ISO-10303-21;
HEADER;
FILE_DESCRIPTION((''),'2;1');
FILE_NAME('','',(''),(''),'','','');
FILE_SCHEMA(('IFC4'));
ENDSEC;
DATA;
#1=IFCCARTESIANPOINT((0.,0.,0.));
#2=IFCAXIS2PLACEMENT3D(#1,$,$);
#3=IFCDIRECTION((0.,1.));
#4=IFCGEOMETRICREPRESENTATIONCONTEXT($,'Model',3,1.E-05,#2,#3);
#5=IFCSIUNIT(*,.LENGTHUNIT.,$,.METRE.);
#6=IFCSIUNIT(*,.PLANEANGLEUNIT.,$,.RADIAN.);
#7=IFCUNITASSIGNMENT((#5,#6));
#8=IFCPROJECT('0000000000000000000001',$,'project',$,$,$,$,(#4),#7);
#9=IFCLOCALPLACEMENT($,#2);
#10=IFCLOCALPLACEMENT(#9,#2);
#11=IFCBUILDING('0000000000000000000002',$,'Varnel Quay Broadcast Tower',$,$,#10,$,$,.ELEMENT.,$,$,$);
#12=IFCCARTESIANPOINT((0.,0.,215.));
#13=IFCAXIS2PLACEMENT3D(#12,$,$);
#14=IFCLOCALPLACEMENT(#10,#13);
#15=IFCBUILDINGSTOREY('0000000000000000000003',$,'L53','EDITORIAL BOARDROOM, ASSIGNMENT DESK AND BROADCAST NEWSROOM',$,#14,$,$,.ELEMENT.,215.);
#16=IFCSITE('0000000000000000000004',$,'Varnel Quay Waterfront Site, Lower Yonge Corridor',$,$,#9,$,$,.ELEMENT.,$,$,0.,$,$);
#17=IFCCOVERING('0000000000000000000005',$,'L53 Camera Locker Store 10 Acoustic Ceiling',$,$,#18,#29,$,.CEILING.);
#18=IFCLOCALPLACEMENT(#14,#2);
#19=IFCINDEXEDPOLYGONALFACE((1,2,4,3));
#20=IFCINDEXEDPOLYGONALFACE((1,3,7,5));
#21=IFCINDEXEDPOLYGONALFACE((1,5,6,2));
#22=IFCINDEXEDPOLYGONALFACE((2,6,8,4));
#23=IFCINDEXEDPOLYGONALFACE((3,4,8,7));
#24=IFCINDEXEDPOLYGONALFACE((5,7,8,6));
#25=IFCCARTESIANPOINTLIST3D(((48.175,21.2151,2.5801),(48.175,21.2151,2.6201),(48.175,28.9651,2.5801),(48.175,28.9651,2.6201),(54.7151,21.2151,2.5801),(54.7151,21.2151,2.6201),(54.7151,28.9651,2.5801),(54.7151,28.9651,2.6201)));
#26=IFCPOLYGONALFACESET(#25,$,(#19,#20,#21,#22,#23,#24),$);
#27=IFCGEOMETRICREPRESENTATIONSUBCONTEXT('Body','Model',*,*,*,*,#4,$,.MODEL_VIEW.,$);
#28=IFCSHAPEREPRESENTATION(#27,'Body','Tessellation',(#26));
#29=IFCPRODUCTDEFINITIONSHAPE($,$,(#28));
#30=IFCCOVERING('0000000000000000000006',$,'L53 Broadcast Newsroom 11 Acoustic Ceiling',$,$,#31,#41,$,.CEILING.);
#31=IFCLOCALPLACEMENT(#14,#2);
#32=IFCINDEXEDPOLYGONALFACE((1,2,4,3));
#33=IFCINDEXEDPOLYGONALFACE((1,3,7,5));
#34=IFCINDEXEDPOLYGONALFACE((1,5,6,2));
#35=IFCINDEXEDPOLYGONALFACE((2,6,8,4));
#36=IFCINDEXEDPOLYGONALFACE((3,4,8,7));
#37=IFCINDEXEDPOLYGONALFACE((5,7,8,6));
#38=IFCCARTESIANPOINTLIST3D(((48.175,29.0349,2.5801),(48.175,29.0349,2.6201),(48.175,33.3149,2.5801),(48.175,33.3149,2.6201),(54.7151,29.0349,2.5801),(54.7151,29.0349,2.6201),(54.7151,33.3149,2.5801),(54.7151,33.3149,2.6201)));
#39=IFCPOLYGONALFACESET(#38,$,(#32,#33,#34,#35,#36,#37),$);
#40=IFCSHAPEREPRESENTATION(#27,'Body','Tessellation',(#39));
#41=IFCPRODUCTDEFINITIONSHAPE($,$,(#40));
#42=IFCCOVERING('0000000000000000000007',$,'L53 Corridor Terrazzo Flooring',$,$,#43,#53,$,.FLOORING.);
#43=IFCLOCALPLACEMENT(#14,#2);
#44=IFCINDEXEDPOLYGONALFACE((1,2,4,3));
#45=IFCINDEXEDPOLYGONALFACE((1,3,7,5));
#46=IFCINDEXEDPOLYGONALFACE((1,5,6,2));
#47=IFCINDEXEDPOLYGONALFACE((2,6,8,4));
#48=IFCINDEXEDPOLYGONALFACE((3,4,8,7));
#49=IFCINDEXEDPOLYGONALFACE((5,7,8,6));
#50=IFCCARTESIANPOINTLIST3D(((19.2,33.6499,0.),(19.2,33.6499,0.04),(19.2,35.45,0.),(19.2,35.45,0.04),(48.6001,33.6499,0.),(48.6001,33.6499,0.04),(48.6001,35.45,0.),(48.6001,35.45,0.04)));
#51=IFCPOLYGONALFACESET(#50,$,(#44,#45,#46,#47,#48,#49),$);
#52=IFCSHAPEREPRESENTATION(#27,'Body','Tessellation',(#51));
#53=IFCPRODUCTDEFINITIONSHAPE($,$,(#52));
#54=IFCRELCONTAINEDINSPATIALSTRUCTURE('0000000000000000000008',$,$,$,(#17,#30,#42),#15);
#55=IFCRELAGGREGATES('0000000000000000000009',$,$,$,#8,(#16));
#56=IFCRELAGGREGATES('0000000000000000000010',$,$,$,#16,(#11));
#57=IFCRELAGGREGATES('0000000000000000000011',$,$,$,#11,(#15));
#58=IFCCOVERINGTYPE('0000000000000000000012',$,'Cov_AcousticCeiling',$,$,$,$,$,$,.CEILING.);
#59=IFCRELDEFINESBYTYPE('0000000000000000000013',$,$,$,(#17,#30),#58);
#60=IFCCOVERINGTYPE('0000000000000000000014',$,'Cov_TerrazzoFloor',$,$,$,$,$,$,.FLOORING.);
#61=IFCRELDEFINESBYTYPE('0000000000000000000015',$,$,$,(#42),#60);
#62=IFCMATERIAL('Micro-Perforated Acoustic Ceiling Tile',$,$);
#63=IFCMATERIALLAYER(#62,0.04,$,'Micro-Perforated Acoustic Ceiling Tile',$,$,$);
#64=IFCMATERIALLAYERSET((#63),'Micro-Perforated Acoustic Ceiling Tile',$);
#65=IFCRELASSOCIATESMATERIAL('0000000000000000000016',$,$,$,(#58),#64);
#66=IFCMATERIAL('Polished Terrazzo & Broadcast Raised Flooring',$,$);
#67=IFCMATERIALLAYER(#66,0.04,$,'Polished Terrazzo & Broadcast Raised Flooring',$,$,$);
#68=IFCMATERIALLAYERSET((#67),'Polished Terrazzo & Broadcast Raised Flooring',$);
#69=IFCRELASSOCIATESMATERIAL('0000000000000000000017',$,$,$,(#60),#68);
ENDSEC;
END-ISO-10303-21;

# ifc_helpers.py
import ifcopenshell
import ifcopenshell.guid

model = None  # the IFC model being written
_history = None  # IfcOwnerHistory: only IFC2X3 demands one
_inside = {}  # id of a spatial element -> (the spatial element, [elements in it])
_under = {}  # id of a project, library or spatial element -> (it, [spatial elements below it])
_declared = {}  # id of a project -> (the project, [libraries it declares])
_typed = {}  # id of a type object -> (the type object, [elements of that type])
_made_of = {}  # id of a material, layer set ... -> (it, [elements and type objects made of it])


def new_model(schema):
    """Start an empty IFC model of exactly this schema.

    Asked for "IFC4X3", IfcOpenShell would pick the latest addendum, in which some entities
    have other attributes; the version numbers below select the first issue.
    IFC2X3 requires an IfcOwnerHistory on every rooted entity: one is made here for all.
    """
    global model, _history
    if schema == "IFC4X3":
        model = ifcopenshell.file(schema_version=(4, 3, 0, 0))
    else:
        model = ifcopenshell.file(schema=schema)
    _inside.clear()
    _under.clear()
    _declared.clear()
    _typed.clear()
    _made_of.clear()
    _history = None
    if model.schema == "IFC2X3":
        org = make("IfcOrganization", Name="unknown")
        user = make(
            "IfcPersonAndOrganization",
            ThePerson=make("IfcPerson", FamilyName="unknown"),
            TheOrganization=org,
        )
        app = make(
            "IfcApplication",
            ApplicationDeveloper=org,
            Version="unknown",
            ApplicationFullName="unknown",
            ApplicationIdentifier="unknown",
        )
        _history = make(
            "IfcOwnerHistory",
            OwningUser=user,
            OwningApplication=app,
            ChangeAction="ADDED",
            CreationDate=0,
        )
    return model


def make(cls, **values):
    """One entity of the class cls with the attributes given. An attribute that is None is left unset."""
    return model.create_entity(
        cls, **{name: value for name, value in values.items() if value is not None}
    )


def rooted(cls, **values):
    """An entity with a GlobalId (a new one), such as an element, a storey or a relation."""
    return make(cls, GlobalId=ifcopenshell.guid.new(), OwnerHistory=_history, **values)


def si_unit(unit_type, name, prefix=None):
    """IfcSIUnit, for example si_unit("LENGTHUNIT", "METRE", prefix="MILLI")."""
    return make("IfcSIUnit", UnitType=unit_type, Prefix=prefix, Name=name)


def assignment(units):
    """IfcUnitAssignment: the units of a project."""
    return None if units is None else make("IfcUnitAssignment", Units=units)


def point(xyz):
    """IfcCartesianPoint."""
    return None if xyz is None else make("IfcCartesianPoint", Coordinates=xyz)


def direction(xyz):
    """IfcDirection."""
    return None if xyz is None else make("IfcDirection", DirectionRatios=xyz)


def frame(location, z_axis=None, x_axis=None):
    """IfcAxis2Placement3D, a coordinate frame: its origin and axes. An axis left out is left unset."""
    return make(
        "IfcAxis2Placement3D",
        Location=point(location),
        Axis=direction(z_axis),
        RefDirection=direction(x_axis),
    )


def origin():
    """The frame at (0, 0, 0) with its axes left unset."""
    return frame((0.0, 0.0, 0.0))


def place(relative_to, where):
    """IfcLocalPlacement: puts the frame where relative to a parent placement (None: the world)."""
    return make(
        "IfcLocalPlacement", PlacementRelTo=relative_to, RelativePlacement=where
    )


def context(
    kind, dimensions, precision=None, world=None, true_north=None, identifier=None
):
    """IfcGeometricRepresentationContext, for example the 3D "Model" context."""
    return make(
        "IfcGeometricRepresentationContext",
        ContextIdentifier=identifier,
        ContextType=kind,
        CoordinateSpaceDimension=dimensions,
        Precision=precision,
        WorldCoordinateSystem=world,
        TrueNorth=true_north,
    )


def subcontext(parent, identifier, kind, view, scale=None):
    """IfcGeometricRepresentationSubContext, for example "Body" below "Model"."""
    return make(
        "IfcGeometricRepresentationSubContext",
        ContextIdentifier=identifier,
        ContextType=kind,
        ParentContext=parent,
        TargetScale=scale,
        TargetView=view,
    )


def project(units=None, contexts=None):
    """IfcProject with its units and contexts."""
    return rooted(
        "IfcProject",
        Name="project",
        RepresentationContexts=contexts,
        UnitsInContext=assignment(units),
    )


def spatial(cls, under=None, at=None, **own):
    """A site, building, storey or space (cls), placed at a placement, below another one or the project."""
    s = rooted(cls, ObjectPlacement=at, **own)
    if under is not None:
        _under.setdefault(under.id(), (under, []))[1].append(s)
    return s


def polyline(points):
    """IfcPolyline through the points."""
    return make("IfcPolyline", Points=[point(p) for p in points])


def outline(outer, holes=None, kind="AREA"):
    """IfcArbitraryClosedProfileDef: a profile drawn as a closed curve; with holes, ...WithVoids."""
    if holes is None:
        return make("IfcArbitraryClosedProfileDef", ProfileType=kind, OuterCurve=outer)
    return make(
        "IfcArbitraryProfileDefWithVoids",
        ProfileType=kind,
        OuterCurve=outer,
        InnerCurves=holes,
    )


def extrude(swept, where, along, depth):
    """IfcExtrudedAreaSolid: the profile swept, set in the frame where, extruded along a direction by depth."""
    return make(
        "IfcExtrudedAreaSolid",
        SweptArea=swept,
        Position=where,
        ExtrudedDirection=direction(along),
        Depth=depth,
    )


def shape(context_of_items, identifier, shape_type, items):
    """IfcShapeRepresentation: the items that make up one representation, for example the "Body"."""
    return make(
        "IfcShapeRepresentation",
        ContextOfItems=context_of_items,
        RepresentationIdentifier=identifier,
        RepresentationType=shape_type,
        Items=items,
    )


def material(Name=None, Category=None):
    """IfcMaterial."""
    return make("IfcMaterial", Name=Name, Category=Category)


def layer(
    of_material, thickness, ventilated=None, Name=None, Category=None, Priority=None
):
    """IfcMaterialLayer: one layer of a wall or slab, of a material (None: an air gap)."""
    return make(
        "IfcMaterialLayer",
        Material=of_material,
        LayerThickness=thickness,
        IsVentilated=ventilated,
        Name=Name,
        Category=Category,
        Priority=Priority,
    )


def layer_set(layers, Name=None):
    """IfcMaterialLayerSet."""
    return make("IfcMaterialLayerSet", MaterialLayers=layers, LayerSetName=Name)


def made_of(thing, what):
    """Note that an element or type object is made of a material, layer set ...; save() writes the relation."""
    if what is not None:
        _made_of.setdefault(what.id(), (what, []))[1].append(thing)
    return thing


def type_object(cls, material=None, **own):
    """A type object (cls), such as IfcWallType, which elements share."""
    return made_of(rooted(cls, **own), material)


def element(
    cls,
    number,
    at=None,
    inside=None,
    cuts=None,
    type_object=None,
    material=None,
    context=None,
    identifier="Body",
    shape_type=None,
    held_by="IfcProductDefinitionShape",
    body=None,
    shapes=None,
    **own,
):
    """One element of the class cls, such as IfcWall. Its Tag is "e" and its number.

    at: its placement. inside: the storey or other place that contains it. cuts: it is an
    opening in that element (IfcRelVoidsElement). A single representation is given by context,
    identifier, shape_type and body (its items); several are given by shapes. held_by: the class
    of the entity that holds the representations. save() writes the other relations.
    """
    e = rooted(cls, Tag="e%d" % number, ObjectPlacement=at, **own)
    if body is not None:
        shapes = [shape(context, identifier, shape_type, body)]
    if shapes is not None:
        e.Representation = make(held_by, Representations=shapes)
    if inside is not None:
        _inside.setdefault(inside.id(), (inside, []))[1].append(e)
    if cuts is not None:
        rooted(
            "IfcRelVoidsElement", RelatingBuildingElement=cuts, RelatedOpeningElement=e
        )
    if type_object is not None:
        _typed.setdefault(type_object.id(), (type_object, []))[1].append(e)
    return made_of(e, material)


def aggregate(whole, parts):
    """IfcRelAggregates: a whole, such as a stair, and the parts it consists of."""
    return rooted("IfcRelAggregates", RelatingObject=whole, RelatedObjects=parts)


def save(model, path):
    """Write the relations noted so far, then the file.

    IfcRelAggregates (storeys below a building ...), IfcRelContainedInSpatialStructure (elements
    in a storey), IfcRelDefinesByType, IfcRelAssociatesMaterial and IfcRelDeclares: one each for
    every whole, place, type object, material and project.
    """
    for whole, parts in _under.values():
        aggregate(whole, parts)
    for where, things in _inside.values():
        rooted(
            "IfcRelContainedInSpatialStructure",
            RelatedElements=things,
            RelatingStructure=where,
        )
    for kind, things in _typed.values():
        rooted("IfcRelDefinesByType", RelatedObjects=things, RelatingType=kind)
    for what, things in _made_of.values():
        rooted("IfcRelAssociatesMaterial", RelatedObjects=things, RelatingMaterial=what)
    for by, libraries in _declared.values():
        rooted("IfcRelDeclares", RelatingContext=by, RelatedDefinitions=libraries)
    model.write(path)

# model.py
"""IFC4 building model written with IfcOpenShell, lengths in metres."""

from ifc_helpers import new_model, si_unit, direction, frame, origin, place, context, subcontext, project, spatial, polyline, outline, extrude, material, layer, layer_set, type_object, element, save


model = new_model("IFC4")

# Units and contexts
model_context = context("Model", 3, precision=1e-05, world=origin(), true_north=direction((0.0, 1.0)))
body_context = subcontext(model_context, "Body", "Model", "MODEL_VIEW")
ifc_project = project(units=[si_unit("LENGTHUNIT", "METRE"), si_unit("PLANEANGLEUNIT", "RADIAN")], contexts=[model_context])

# Site, building, storey
site_placement = place(None, origin())
site = spatial("IfcSite", under=ifc_project, at=site_placement, Name="Varnel Quay Waterfront Site, Lower Yonge Corridor", CompositionType="ELEMENT", RefElevation=0.0)
building_placement = place(site_placement, origin())
building = spatial("IfcBuilding", under=site, at=building_placement, Name="Varnel Quay Broadcast Tower", CompositionType="ELEMENT")
storey_placement = place(building_placement, frame((0.0, 0.0, 215.0)))
storey = spatial("IfcBuildingStorey", under=building, at=storey_placement, Name="L53", Description="EDITORIAL BOARDROOM, ASSIGNMENT DESK AND BROADCAST NEWSROOM", CompositionType="ELEMENT", Elevation=215.0)

# Coverings
ifc_material_1 = material(Name="Micro-Perforated Acoustic Ceiling Tile")
ifc_layer_1 = layer(ifc_material_1, 0.04, Name="Micro-Perforated Acoustic Ceiling Tile")
ifc_layer_set_1 = layer_set([ifc_layer_1], Name="Micro-Perforated Acoustic Ceiling Tile")
covering_type_1 = type_object("IfcCoveringType", Name="Cov_AcousticCeiling", PredefinedType="CEILING", material=ifc_layer_set_1)
covering_1_placement = place(storey_placement, frame((0.0, 0.0, 2.5801)))
element("IfcCovering", 1, at=covering_1_placement, inside=storey, type_object=covering_type_1, Name="L53 Camera Locker Store 10 Acoustic Ceiling", PredefinedType="CEILING", context=body_context, shape_type="SweptSolid", body=[
    extrude(outline(polyline([(48.175, 21.2151), (54.7151, 21.2151), (54.7151, 28.9651), (48.175, 28.9651), (48.175, 21.2151)])), origin(), (0.0, 0.0, 1.0), 0.04),
])
covering_2_placement = place(storey_placement, frame((0.0, 0.0, 2.5801)))
element("IfcCovering", 2, at=covering_2_placement, inside=storey, type_object=covering_type_1, Name="L53 Broadcast Newsroom 11 Acoustic Ceiling", PredefinedType="CEILING", context=body_context, shape_type="SweptSolid", body=[
    extrude(outline(polyline([(48.175, 29.0349), (54.7151, 29.0349), (54.7151, 33.3149), (48.175, 33.3149), (48.175, 29.0349)])), origin(), (0.0, 0.0, 1.0), 0.04),
])
ifc_material_2 = material(Name="Polished Terrazzo & Broadcast Raised Flooring")
ifc_layer_2 = layer(ifc_material_2, 0.04, Name="Polished Terrazzo & Broadcast Raised Flooring")
ifc_layer_set_2 = layer_set([ifc_layer_2], Name="Polished Terrazzo & Broadcast Raised Flooring")
covering_type_2 = type_object("IfcCoveringType", Name="Cov_TerrazzoFloor", PredefinedType="FLOORING", material=ifc_layer_set_2)
covering_3_placement = place(storey_placement, origin())
element("IfcCovering", 3, at=covering_3_placement, inside=storey, type_object=covering_type_2, Name="L53 Corridor Terrazzo Flooring", PredefinedType="FLOORING", context=body_context, shape_type="SweptSolid", body=[
    extrude(outline(polyline([(19.2, 33.6499), (48.6001, 33.6499), (48.6001, 35.45), (19.2, 35.45), (19.2, 33.6499)])), origin(), (0.0, 0.0, 1.0), 0.04),
])

save(model, "model.ifc")
